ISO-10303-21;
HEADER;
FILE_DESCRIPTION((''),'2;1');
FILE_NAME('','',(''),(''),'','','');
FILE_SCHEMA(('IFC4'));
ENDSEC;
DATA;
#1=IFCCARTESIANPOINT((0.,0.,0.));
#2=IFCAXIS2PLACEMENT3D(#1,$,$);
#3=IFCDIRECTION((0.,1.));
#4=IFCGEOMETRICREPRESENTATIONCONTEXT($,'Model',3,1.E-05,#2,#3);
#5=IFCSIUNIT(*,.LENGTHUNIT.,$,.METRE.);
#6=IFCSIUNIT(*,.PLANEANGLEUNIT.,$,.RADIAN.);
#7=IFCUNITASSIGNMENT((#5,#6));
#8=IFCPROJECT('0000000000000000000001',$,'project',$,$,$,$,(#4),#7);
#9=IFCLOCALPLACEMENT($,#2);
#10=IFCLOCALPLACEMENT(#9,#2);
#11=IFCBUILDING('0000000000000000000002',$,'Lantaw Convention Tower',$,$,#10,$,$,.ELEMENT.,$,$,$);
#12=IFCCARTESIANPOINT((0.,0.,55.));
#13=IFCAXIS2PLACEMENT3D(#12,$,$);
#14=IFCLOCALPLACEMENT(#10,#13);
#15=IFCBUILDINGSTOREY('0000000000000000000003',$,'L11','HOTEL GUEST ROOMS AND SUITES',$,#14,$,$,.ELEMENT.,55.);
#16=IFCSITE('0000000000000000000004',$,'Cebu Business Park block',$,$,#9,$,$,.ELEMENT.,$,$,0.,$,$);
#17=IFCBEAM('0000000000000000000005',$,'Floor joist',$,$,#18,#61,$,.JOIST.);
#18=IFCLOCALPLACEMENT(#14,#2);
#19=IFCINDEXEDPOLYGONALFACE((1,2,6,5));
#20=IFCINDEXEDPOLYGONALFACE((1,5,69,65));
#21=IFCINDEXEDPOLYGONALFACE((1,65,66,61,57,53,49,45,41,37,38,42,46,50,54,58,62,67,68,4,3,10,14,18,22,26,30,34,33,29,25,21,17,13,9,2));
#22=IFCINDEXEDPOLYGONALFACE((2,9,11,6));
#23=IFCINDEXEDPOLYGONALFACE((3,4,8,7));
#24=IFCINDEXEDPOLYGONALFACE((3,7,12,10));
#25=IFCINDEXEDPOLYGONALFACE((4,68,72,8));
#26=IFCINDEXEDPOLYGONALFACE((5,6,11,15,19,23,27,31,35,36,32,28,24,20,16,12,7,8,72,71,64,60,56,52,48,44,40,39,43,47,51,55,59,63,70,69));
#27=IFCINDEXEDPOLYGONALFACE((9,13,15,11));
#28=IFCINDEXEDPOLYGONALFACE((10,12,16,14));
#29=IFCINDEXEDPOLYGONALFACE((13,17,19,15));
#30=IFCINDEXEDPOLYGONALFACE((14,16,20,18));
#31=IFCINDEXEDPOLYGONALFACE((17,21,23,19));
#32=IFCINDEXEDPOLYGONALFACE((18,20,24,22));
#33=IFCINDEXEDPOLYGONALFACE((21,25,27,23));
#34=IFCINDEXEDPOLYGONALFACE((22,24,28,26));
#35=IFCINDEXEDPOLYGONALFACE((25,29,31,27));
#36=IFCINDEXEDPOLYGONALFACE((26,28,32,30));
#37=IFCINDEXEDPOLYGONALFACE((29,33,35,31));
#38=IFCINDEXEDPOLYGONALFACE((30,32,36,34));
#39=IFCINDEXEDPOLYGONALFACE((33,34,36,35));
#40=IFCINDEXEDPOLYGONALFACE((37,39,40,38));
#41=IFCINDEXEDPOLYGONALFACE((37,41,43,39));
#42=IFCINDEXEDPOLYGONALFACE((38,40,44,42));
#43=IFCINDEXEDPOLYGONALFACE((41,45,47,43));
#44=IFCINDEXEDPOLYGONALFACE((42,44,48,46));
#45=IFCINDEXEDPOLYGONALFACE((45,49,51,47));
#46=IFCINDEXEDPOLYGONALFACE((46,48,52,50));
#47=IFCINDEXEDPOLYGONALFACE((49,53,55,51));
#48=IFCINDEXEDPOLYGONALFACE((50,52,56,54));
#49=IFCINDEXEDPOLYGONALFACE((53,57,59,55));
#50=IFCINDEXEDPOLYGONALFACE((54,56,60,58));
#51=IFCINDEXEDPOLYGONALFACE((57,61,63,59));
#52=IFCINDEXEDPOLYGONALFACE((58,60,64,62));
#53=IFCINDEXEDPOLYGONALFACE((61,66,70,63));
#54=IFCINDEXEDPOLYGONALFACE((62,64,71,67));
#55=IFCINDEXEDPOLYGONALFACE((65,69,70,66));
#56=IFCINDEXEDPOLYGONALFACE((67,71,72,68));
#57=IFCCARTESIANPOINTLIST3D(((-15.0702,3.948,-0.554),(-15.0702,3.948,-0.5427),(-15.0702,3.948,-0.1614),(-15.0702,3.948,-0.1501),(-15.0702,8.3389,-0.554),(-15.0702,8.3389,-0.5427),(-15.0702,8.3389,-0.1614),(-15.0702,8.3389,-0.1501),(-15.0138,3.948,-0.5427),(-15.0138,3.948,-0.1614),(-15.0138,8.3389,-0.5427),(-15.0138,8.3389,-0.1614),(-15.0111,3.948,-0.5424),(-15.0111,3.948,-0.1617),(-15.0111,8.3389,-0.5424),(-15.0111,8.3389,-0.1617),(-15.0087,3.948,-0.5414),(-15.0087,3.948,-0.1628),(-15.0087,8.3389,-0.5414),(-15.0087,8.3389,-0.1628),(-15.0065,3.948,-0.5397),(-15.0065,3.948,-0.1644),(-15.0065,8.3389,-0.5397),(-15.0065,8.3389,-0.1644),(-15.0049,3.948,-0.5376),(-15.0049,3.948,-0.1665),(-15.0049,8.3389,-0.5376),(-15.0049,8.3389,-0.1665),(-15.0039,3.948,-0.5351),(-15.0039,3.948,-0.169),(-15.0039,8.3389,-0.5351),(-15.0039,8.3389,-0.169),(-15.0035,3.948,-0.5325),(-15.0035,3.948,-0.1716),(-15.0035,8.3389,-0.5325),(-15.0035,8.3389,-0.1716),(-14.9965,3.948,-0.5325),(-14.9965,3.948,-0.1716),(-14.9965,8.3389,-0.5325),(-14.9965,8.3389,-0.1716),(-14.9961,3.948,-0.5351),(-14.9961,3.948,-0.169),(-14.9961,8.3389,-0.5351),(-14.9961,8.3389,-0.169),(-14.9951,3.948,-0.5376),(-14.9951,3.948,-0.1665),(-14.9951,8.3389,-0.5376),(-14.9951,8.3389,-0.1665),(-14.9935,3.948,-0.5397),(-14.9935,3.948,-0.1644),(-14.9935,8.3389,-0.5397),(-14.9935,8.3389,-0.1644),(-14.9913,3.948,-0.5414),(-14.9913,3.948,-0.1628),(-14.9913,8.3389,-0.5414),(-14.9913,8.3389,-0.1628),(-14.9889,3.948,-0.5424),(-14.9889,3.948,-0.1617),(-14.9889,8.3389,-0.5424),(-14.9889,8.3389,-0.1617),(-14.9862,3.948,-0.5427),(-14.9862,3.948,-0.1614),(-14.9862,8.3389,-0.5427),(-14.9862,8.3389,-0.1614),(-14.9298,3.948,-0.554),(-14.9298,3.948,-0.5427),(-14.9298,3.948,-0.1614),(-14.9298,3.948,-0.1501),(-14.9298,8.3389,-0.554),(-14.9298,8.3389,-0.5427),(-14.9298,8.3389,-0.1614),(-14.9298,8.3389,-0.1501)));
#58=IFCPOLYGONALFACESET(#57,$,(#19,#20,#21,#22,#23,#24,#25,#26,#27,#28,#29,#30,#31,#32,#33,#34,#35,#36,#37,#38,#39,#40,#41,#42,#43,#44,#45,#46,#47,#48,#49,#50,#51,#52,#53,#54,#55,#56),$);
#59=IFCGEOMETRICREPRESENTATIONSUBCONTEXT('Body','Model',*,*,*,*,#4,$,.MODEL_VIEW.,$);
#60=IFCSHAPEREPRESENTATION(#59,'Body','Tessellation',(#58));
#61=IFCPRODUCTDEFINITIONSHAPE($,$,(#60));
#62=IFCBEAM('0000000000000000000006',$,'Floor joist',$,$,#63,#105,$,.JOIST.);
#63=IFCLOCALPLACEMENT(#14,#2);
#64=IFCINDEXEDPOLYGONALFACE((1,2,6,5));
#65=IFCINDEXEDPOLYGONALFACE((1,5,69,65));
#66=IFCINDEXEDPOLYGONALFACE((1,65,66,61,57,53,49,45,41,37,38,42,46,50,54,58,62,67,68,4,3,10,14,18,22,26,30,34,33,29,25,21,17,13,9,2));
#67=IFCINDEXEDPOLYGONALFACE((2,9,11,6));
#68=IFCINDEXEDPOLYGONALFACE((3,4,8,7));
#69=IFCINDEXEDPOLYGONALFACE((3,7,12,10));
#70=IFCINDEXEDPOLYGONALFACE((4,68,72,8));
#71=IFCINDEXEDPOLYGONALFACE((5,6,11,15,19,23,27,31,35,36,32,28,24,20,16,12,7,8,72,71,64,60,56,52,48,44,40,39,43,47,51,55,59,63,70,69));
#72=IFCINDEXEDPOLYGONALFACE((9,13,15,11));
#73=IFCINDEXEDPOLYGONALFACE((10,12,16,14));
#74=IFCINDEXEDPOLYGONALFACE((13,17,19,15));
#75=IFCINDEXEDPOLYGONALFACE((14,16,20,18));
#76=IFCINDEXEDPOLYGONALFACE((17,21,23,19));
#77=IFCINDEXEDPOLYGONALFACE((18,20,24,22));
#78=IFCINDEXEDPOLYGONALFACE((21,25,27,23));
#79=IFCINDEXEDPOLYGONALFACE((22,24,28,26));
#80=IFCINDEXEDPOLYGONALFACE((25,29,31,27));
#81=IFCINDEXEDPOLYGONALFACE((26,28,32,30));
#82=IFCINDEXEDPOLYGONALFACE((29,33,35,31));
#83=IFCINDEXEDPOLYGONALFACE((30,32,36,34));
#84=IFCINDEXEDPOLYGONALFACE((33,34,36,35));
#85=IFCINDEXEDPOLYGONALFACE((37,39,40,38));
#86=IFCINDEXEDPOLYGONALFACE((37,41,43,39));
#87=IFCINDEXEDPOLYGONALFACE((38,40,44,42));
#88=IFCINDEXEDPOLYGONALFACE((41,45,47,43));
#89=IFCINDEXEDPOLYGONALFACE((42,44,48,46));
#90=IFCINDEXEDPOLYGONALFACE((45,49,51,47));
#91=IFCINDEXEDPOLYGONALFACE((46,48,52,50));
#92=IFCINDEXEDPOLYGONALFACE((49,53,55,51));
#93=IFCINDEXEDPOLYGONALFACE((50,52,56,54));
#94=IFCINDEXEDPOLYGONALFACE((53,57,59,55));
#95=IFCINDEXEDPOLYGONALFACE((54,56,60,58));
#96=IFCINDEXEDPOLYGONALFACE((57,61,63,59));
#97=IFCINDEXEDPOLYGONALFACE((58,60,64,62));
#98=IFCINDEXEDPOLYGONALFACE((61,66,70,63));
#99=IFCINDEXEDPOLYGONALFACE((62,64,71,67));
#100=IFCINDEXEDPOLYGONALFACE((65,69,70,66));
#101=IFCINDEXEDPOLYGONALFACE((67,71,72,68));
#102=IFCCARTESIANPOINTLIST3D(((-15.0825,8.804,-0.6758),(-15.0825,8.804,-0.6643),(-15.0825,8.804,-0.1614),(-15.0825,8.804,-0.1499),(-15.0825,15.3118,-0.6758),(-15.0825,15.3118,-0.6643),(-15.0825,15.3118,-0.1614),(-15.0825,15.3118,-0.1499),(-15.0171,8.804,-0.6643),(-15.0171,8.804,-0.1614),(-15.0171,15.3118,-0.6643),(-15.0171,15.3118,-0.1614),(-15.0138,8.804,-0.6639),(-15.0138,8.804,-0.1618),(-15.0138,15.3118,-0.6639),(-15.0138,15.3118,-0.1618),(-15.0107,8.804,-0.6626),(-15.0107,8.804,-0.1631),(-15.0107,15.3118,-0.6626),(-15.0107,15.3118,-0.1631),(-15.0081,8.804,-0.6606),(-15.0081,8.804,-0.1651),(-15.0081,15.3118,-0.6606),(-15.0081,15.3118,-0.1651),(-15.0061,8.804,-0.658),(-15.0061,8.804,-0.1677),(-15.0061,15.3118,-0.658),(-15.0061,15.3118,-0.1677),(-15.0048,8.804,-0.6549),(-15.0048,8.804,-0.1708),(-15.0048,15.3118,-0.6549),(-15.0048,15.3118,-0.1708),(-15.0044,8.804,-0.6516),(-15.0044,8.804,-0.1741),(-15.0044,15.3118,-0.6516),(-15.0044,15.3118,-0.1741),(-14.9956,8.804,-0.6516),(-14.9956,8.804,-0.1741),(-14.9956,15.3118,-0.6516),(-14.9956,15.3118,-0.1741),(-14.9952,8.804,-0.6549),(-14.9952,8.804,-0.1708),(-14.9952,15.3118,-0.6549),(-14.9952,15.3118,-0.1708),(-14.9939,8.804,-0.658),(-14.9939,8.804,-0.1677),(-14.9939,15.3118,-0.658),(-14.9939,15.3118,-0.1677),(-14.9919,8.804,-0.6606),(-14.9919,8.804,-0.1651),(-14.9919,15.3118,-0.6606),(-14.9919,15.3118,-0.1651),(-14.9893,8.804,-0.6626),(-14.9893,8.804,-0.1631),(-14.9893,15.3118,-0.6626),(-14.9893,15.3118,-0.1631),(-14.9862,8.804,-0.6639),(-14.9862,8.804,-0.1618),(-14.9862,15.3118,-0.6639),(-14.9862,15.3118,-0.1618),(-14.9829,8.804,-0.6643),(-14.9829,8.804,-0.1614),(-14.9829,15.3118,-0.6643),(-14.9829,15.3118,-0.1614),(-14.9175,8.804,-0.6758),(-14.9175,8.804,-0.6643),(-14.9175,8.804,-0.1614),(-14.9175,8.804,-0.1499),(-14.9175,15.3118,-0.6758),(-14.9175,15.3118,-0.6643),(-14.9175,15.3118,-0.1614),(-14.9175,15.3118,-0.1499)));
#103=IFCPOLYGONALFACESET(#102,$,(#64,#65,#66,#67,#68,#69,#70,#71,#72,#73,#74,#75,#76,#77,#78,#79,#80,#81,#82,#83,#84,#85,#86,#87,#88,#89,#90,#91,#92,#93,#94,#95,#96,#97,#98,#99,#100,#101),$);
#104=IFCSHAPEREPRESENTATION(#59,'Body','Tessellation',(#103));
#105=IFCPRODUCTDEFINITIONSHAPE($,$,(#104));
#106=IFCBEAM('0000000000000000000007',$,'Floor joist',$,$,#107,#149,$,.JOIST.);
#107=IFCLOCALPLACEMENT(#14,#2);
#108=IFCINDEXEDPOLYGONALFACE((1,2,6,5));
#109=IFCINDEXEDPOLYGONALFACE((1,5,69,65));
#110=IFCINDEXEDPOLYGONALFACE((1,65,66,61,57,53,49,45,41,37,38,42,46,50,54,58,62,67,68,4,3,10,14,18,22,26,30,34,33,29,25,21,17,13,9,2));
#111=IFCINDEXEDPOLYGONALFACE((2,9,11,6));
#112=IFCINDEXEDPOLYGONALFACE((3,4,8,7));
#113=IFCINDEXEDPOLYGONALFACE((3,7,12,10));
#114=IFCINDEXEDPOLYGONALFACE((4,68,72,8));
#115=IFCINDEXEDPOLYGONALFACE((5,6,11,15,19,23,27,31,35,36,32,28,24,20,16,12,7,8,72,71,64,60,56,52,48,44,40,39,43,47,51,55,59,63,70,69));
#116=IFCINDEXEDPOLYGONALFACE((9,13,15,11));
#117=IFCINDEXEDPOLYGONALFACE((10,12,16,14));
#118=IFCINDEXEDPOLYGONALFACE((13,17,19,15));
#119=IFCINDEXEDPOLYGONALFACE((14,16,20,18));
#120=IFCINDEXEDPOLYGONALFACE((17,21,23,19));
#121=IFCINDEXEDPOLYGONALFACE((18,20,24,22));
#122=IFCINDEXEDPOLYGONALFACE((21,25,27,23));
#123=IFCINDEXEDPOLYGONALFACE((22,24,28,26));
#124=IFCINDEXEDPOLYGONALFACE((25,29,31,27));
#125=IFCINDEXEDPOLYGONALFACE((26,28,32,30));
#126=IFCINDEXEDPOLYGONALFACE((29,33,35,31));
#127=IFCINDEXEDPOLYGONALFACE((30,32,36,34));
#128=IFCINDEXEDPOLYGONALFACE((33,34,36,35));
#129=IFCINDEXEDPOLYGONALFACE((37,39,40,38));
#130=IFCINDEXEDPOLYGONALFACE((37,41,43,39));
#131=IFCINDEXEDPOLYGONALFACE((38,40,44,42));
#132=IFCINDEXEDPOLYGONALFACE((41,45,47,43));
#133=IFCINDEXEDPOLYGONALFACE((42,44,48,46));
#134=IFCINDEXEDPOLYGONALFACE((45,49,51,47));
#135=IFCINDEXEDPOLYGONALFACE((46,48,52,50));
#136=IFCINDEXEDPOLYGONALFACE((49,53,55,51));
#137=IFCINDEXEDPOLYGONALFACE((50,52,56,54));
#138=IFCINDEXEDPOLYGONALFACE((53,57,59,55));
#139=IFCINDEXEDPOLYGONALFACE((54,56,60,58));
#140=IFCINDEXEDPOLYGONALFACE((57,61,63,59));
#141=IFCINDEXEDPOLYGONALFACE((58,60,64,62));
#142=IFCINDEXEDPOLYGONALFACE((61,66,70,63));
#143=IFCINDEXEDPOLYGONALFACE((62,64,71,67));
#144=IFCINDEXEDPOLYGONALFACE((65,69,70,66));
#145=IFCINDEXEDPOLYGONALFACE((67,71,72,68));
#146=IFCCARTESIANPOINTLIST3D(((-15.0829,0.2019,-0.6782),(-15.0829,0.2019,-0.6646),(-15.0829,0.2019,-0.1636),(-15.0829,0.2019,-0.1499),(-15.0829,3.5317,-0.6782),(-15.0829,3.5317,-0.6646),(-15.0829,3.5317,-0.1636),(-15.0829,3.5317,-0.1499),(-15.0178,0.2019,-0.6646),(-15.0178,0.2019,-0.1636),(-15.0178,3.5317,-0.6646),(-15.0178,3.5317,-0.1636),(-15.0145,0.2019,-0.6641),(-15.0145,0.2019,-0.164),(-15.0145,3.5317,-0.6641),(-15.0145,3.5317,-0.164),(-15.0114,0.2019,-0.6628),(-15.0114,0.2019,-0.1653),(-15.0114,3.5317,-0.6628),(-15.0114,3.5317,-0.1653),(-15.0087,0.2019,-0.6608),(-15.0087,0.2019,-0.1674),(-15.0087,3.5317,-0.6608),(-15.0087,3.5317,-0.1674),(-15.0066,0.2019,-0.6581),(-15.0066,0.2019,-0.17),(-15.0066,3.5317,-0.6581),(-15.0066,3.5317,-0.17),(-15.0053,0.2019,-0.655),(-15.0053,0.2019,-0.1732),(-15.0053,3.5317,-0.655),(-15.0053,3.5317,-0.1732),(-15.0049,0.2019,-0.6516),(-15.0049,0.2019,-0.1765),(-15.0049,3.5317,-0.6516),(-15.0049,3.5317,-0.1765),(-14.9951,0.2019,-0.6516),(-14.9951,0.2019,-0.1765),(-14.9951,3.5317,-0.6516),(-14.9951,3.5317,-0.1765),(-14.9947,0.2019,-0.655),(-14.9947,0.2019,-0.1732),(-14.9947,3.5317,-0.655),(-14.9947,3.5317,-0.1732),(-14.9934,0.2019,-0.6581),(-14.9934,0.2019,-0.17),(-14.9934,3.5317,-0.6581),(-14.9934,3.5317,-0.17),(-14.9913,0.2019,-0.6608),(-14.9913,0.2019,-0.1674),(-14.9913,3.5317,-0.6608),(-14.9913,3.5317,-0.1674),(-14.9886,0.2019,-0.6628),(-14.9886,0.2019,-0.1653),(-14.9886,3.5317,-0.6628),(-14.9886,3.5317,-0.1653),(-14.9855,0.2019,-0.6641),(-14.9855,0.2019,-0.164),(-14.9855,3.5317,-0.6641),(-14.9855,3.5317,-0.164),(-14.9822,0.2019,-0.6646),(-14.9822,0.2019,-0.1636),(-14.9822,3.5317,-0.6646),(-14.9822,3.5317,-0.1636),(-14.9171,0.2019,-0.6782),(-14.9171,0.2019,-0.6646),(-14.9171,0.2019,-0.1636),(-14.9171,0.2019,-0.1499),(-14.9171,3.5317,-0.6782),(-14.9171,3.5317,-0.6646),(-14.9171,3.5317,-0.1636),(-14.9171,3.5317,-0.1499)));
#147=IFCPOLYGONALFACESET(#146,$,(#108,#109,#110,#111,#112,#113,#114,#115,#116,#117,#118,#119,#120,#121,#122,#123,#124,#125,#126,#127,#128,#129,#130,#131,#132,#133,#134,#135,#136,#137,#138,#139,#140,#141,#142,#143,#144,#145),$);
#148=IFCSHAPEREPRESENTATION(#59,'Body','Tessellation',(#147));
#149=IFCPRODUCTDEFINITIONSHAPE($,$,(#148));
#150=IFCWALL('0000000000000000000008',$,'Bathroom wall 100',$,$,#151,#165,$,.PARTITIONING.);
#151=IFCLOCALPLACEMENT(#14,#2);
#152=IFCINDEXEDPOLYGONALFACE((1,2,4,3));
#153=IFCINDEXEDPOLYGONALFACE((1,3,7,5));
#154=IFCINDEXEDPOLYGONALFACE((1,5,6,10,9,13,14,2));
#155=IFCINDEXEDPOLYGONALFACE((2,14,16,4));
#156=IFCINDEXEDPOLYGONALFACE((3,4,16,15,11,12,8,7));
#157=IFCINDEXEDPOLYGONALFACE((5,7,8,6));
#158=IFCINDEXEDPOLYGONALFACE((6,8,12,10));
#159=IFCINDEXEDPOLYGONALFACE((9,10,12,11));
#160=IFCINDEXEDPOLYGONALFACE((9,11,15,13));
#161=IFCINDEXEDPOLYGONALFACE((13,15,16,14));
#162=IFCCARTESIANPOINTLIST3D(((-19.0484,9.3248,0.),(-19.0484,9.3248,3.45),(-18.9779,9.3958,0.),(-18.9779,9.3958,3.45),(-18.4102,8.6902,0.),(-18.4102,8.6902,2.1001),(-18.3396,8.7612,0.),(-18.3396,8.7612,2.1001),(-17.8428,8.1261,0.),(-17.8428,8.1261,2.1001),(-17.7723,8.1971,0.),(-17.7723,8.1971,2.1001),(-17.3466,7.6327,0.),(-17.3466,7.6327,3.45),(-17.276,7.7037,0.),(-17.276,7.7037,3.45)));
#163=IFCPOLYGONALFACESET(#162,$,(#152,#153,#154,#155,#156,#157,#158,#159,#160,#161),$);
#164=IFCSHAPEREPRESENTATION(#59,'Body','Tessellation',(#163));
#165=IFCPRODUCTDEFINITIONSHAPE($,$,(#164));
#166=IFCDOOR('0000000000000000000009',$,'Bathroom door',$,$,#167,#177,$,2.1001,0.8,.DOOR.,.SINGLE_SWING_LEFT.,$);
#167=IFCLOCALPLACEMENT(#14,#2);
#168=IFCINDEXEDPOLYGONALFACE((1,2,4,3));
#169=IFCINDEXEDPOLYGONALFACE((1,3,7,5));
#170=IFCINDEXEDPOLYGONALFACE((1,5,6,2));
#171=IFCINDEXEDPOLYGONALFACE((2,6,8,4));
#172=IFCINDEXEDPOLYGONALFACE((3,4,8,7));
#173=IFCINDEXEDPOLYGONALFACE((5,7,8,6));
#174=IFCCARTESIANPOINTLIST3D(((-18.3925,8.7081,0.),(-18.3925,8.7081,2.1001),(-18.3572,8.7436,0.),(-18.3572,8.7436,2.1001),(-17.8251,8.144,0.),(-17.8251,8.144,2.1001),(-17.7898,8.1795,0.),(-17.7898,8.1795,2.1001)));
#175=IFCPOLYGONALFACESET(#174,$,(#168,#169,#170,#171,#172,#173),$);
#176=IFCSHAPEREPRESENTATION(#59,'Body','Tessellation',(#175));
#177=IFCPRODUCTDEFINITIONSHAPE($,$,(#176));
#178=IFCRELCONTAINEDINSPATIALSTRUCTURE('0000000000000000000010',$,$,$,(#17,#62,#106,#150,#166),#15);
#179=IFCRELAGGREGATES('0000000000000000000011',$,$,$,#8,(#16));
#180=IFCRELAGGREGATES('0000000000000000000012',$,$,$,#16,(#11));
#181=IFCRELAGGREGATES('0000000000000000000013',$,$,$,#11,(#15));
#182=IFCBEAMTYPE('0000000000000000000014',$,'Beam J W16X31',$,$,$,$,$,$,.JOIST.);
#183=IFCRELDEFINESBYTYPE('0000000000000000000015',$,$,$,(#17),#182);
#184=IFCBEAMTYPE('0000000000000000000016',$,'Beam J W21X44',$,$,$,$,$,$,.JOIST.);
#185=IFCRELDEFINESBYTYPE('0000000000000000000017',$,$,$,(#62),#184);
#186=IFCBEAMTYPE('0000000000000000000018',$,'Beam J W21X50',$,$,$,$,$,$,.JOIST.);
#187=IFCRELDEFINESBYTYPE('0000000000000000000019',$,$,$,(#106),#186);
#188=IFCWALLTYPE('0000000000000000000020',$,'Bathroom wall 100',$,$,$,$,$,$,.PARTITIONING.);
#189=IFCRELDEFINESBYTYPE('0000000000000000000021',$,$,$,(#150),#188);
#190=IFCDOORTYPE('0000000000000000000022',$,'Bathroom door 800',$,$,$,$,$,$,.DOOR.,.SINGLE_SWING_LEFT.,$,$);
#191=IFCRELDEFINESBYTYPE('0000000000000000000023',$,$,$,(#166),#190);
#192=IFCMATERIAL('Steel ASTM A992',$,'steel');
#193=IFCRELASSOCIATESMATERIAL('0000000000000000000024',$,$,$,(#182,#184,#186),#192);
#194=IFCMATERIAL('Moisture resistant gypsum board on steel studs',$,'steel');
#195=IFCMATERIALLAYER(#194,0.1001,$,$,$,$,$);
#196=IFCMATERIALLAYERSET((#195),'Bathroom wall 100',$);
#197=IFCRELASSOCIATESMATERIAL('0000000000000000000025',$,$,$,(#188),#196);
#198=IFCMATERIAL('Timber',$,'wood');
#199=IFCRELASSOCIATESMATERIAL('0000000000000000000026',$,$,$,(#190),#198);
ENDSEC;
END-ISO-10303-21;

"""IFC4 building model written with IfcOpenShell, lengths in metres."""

from ifc_helpers import new_model, si_unit, direction, frame, frame_2d, origin, origin_2d, place, context, subcontext, project, spatial, rectangle, i_section, extrude, material, layer, layer_set, material_profile, profile_set, type_object, element, fill, save


model = new_model("IFC4")

# Units and contexts
model_context = context("Model", 3, precision=1e-05, world=origin(), true_north=direction((0.0, 1.0)))
body_context = subcontext(model_context, "Body", "Model", "MODEL_VIEW")
ifc_project = project(units=[si_unit("LENGTHUNIT", "METRE"), si_unit("PLANEANGLEUNIT", "RADIAN")], contexts=[model_context])

# Site, building, storey
site_placement = place(None, origin())
site = spatial("IfcSite", under=ifc_project, at=site_placement, Name="Cebu Business Park block", CompositionType="ELEMENT", RefElevation=0.0)
building_placement = place(site_placement, origin())
building = spatial("IfcBuilding", under=site, at=building_placement, Name="Lantaw Convention Tower", CompositionType="ELEMENT")
storey_placement = place(building_placement, frame((0.0, 0.0, 55.0)))
storey = spatial("IfcBuildingStorey", under=building, at=storey_placement, Name="L11", Description="HOTEL GUEST ROOMS AND SUITES", CompositionType="ELEMENT", Elevation=55.0)

# Beams
ifc_material_1 = material(Name="Steel ASTM A992", Category="steel")
ifc_material_profile_1 = material_profile(ifc_material_1, i_section(OverallWidth=0.1404, OverallDepth=0.4038, WebThickness=0.0071, FlangeThickness=0.0112, FilletRadius=0.0103, at=origin_2d()), Name="W16X31")
ifc_profile_set_1 = profile_set([ifc_material_profile_1], Name="Steel ASTM A992")
beam_type_1 = type_object("IfcBeamType", Name="Beam J W16X31", PredefinedType="JOIST", material=ifc_profile_set_1)
beam_1_placement = place(storey_placement, frame((-15.0, 3.948, -0.3521), z_axis=(0.0, 1.0, 0.0), x_axis=(-1.0, 0.0, 0.0)))
element("IfcBeam", 1, at=beam_1_placement, inside=storey, type_object=beam_type_1, Name="Floor joist", PredefinedType="JOIST", context=body_context, shape_type="SweptSolid", body=[
    extrude(i_section(OverallWidth=0.1404, OverallDepth=0.4038, WebThickness=0.0071, FlangeThickness=0.0112, FilletRadius=0.0103, at=origin_2d()), origin(), (0.0, 0.0, 1.0), 4.3909),
])
ifc_material_profile_2 = material_profile(ifc_material_1, i_section(OverallWidth=0.165, OverallDepth=0.5259, WebThickness=0.0088, FlangeThickness=0.0115, FilletRadius=0.0127, at=origin_2d()), Name="W21X44")
ifc_profile_set_2 = profile_set([ifc_material_profile_2], Name="Steel ASTM A992")
beam_type_2 = type_object("IfcBeamType", Name="Beam J W21X44", PredefinedType="JOIST", material=ifc_profile_set_2)
beam_2_placement = place(storey_placement, frame((-15.0, 8.804, -0.4128), z_axis=(0.0, 1.0, 0.0), x_axis=(-1.0, 0.0, 0.0)))
element("IfcBeam", 2, at=beam_2_placement, inside=storey, type_object=beam_type_2, Name="Floor joist", PredefinedType="JOIST", context=body_context, shape_type="SweptSolid", body=[
    extrude(i_section(OverallWidth=0.165, OverallDepth=0.5259, WebThickness=0.0088, FlangeThickness=0.0115, FilletRadius=0.0127, at=origin_2d()), origin(), (0.0, 0.0, 1.0), 6.5078),
])
ifc_material_profile_3 = material_profile(ifc_material_1, i_section(OverallWidth=0.1658, OverallDepth=0.5283, WebThickness=0.0098, FlangeThickness=0.0137, FilletRadius=0.0129, at=origin_2d()), Name="W21X50")
ifc_profile_set_3 = profile_set([ifc_material_profile_3], Name="Steel ASTM A992")
beam_type_3 = type_object("IfcBeamType", Name="Beam J W21X50", PredefinedType="JOIST", material=ifc_profile_set_3)
beam_3_placement = place(storey_placement, frame((-15.0, 0.2019, -0.4141), z_axis=(0.0, 1.0, 0.0), x_axis=(-1.0, 0.0, 0.0)))
element("IfcBeam", 3, at=beam_3_placement, inside=storey, type_object=beam_type_3, Name="Floor joist", PredefinedType="JOIST", context=body_context, shape_type="SweptSolid", body=[
    extrude(i_section(OverallWidth=0.1658, OverallDepth=0.5283, WebThickness=0.0098, FlangeThickness=0.0137, FilletRadius=0.0129, at=origin_2d()), origin(), (0.0, 0.0, 1.0), 3.3298),
])

# Wall, opening, door
ifc_material_2 = material(Name="Moisture resistant gypsum board on steel studs", Category="steel")
ifc_layer_1 = layer(ifc_material_2, 0.1001)
ifc_layer_set_1 = layer_set([ifc_layer_1], Name="Bathroom wall 100")
wall_type_1 = type_object("IfcWallType", Name="Bathroom wall 100", PredefinedType="PARTITIONING", material=ifc_layer_set_1)
wall_1_placement = place(storey_placement, frame((-17.3113, 7.6682, 0.0), z_axis=(0.0, 0.0, 1.0), x_axis=(-0.709138, 0.705069, 0.0)))
wall_1 = element("IfcWall", 4, at=wall_1_placement, inside=storey, type_object=wall_type_1, Name="Bathroom wall 100", PredefinedType="PARTITIONING", context=body_context, shape_type="SweptSolid", body=[
    extrude(rectangle(XDim=2.3999, YDim=0.1001, at=frame_2d((1.2, 0.0))), origin(), (0.0, 0.0, 1.0), 3.45),
])
opening_1_placement = place(wall_1_placement, frame((0.7, 0.0, 0.0)))
opening_1 = element("IfcOpeningElement", 5, at=opening_1_placement, cuts=wall_1, PredefinedType="OPENING", context=body_context, shape_type="SweptSolid", body=[
    extrude(rectangle(XDim=0.8, YDim=2.1001, at=frame_2d((0.3999, 1.05))), frame((0.0, 0.0601, 0.0), z_axis=(0.0, -1.0, 0.0), x_axis=(1.0, 0.0, 0.0)), (0.0, 0.0, 1.0), 0.1201),
])
ifc_material_3 = material(Name="Timber", Category="wood")
door_type_1 = type_object("IfcDoorType", Name="Bathroom door 800", OperationType="SINGLE_SWING_LEFT", PredefinedType="DOOR", material=ifc_material_3)
door_1_placement = place(opening_1_placement, origin())
door_1 = element("IfcDoor", 6, at=door_1_placement, inside=storey, type_object=door_type_1, Name="Bathroom door", OperationType="SINGLE_SWING_LEFT", OverallHeight=2.1001, OverallWidth=0.8, PredefinedType="DOOR", context=body_context, shape_type="SweptSolid", body=[
    extrude(rectangle(XDim=0.8, YDim=2.1001, at=frame_2d((0.3999, 1.05))), frame((0.0, 0.0249, 0.0), z_axis=(0.0, -1.0, 0.0), x_axis=(1.0, 0.0, 0.0)), (0.0, 0.0, 1.0), 0.05),
])
fill(opening_1, door_1)

save(model, "model.ifc")
